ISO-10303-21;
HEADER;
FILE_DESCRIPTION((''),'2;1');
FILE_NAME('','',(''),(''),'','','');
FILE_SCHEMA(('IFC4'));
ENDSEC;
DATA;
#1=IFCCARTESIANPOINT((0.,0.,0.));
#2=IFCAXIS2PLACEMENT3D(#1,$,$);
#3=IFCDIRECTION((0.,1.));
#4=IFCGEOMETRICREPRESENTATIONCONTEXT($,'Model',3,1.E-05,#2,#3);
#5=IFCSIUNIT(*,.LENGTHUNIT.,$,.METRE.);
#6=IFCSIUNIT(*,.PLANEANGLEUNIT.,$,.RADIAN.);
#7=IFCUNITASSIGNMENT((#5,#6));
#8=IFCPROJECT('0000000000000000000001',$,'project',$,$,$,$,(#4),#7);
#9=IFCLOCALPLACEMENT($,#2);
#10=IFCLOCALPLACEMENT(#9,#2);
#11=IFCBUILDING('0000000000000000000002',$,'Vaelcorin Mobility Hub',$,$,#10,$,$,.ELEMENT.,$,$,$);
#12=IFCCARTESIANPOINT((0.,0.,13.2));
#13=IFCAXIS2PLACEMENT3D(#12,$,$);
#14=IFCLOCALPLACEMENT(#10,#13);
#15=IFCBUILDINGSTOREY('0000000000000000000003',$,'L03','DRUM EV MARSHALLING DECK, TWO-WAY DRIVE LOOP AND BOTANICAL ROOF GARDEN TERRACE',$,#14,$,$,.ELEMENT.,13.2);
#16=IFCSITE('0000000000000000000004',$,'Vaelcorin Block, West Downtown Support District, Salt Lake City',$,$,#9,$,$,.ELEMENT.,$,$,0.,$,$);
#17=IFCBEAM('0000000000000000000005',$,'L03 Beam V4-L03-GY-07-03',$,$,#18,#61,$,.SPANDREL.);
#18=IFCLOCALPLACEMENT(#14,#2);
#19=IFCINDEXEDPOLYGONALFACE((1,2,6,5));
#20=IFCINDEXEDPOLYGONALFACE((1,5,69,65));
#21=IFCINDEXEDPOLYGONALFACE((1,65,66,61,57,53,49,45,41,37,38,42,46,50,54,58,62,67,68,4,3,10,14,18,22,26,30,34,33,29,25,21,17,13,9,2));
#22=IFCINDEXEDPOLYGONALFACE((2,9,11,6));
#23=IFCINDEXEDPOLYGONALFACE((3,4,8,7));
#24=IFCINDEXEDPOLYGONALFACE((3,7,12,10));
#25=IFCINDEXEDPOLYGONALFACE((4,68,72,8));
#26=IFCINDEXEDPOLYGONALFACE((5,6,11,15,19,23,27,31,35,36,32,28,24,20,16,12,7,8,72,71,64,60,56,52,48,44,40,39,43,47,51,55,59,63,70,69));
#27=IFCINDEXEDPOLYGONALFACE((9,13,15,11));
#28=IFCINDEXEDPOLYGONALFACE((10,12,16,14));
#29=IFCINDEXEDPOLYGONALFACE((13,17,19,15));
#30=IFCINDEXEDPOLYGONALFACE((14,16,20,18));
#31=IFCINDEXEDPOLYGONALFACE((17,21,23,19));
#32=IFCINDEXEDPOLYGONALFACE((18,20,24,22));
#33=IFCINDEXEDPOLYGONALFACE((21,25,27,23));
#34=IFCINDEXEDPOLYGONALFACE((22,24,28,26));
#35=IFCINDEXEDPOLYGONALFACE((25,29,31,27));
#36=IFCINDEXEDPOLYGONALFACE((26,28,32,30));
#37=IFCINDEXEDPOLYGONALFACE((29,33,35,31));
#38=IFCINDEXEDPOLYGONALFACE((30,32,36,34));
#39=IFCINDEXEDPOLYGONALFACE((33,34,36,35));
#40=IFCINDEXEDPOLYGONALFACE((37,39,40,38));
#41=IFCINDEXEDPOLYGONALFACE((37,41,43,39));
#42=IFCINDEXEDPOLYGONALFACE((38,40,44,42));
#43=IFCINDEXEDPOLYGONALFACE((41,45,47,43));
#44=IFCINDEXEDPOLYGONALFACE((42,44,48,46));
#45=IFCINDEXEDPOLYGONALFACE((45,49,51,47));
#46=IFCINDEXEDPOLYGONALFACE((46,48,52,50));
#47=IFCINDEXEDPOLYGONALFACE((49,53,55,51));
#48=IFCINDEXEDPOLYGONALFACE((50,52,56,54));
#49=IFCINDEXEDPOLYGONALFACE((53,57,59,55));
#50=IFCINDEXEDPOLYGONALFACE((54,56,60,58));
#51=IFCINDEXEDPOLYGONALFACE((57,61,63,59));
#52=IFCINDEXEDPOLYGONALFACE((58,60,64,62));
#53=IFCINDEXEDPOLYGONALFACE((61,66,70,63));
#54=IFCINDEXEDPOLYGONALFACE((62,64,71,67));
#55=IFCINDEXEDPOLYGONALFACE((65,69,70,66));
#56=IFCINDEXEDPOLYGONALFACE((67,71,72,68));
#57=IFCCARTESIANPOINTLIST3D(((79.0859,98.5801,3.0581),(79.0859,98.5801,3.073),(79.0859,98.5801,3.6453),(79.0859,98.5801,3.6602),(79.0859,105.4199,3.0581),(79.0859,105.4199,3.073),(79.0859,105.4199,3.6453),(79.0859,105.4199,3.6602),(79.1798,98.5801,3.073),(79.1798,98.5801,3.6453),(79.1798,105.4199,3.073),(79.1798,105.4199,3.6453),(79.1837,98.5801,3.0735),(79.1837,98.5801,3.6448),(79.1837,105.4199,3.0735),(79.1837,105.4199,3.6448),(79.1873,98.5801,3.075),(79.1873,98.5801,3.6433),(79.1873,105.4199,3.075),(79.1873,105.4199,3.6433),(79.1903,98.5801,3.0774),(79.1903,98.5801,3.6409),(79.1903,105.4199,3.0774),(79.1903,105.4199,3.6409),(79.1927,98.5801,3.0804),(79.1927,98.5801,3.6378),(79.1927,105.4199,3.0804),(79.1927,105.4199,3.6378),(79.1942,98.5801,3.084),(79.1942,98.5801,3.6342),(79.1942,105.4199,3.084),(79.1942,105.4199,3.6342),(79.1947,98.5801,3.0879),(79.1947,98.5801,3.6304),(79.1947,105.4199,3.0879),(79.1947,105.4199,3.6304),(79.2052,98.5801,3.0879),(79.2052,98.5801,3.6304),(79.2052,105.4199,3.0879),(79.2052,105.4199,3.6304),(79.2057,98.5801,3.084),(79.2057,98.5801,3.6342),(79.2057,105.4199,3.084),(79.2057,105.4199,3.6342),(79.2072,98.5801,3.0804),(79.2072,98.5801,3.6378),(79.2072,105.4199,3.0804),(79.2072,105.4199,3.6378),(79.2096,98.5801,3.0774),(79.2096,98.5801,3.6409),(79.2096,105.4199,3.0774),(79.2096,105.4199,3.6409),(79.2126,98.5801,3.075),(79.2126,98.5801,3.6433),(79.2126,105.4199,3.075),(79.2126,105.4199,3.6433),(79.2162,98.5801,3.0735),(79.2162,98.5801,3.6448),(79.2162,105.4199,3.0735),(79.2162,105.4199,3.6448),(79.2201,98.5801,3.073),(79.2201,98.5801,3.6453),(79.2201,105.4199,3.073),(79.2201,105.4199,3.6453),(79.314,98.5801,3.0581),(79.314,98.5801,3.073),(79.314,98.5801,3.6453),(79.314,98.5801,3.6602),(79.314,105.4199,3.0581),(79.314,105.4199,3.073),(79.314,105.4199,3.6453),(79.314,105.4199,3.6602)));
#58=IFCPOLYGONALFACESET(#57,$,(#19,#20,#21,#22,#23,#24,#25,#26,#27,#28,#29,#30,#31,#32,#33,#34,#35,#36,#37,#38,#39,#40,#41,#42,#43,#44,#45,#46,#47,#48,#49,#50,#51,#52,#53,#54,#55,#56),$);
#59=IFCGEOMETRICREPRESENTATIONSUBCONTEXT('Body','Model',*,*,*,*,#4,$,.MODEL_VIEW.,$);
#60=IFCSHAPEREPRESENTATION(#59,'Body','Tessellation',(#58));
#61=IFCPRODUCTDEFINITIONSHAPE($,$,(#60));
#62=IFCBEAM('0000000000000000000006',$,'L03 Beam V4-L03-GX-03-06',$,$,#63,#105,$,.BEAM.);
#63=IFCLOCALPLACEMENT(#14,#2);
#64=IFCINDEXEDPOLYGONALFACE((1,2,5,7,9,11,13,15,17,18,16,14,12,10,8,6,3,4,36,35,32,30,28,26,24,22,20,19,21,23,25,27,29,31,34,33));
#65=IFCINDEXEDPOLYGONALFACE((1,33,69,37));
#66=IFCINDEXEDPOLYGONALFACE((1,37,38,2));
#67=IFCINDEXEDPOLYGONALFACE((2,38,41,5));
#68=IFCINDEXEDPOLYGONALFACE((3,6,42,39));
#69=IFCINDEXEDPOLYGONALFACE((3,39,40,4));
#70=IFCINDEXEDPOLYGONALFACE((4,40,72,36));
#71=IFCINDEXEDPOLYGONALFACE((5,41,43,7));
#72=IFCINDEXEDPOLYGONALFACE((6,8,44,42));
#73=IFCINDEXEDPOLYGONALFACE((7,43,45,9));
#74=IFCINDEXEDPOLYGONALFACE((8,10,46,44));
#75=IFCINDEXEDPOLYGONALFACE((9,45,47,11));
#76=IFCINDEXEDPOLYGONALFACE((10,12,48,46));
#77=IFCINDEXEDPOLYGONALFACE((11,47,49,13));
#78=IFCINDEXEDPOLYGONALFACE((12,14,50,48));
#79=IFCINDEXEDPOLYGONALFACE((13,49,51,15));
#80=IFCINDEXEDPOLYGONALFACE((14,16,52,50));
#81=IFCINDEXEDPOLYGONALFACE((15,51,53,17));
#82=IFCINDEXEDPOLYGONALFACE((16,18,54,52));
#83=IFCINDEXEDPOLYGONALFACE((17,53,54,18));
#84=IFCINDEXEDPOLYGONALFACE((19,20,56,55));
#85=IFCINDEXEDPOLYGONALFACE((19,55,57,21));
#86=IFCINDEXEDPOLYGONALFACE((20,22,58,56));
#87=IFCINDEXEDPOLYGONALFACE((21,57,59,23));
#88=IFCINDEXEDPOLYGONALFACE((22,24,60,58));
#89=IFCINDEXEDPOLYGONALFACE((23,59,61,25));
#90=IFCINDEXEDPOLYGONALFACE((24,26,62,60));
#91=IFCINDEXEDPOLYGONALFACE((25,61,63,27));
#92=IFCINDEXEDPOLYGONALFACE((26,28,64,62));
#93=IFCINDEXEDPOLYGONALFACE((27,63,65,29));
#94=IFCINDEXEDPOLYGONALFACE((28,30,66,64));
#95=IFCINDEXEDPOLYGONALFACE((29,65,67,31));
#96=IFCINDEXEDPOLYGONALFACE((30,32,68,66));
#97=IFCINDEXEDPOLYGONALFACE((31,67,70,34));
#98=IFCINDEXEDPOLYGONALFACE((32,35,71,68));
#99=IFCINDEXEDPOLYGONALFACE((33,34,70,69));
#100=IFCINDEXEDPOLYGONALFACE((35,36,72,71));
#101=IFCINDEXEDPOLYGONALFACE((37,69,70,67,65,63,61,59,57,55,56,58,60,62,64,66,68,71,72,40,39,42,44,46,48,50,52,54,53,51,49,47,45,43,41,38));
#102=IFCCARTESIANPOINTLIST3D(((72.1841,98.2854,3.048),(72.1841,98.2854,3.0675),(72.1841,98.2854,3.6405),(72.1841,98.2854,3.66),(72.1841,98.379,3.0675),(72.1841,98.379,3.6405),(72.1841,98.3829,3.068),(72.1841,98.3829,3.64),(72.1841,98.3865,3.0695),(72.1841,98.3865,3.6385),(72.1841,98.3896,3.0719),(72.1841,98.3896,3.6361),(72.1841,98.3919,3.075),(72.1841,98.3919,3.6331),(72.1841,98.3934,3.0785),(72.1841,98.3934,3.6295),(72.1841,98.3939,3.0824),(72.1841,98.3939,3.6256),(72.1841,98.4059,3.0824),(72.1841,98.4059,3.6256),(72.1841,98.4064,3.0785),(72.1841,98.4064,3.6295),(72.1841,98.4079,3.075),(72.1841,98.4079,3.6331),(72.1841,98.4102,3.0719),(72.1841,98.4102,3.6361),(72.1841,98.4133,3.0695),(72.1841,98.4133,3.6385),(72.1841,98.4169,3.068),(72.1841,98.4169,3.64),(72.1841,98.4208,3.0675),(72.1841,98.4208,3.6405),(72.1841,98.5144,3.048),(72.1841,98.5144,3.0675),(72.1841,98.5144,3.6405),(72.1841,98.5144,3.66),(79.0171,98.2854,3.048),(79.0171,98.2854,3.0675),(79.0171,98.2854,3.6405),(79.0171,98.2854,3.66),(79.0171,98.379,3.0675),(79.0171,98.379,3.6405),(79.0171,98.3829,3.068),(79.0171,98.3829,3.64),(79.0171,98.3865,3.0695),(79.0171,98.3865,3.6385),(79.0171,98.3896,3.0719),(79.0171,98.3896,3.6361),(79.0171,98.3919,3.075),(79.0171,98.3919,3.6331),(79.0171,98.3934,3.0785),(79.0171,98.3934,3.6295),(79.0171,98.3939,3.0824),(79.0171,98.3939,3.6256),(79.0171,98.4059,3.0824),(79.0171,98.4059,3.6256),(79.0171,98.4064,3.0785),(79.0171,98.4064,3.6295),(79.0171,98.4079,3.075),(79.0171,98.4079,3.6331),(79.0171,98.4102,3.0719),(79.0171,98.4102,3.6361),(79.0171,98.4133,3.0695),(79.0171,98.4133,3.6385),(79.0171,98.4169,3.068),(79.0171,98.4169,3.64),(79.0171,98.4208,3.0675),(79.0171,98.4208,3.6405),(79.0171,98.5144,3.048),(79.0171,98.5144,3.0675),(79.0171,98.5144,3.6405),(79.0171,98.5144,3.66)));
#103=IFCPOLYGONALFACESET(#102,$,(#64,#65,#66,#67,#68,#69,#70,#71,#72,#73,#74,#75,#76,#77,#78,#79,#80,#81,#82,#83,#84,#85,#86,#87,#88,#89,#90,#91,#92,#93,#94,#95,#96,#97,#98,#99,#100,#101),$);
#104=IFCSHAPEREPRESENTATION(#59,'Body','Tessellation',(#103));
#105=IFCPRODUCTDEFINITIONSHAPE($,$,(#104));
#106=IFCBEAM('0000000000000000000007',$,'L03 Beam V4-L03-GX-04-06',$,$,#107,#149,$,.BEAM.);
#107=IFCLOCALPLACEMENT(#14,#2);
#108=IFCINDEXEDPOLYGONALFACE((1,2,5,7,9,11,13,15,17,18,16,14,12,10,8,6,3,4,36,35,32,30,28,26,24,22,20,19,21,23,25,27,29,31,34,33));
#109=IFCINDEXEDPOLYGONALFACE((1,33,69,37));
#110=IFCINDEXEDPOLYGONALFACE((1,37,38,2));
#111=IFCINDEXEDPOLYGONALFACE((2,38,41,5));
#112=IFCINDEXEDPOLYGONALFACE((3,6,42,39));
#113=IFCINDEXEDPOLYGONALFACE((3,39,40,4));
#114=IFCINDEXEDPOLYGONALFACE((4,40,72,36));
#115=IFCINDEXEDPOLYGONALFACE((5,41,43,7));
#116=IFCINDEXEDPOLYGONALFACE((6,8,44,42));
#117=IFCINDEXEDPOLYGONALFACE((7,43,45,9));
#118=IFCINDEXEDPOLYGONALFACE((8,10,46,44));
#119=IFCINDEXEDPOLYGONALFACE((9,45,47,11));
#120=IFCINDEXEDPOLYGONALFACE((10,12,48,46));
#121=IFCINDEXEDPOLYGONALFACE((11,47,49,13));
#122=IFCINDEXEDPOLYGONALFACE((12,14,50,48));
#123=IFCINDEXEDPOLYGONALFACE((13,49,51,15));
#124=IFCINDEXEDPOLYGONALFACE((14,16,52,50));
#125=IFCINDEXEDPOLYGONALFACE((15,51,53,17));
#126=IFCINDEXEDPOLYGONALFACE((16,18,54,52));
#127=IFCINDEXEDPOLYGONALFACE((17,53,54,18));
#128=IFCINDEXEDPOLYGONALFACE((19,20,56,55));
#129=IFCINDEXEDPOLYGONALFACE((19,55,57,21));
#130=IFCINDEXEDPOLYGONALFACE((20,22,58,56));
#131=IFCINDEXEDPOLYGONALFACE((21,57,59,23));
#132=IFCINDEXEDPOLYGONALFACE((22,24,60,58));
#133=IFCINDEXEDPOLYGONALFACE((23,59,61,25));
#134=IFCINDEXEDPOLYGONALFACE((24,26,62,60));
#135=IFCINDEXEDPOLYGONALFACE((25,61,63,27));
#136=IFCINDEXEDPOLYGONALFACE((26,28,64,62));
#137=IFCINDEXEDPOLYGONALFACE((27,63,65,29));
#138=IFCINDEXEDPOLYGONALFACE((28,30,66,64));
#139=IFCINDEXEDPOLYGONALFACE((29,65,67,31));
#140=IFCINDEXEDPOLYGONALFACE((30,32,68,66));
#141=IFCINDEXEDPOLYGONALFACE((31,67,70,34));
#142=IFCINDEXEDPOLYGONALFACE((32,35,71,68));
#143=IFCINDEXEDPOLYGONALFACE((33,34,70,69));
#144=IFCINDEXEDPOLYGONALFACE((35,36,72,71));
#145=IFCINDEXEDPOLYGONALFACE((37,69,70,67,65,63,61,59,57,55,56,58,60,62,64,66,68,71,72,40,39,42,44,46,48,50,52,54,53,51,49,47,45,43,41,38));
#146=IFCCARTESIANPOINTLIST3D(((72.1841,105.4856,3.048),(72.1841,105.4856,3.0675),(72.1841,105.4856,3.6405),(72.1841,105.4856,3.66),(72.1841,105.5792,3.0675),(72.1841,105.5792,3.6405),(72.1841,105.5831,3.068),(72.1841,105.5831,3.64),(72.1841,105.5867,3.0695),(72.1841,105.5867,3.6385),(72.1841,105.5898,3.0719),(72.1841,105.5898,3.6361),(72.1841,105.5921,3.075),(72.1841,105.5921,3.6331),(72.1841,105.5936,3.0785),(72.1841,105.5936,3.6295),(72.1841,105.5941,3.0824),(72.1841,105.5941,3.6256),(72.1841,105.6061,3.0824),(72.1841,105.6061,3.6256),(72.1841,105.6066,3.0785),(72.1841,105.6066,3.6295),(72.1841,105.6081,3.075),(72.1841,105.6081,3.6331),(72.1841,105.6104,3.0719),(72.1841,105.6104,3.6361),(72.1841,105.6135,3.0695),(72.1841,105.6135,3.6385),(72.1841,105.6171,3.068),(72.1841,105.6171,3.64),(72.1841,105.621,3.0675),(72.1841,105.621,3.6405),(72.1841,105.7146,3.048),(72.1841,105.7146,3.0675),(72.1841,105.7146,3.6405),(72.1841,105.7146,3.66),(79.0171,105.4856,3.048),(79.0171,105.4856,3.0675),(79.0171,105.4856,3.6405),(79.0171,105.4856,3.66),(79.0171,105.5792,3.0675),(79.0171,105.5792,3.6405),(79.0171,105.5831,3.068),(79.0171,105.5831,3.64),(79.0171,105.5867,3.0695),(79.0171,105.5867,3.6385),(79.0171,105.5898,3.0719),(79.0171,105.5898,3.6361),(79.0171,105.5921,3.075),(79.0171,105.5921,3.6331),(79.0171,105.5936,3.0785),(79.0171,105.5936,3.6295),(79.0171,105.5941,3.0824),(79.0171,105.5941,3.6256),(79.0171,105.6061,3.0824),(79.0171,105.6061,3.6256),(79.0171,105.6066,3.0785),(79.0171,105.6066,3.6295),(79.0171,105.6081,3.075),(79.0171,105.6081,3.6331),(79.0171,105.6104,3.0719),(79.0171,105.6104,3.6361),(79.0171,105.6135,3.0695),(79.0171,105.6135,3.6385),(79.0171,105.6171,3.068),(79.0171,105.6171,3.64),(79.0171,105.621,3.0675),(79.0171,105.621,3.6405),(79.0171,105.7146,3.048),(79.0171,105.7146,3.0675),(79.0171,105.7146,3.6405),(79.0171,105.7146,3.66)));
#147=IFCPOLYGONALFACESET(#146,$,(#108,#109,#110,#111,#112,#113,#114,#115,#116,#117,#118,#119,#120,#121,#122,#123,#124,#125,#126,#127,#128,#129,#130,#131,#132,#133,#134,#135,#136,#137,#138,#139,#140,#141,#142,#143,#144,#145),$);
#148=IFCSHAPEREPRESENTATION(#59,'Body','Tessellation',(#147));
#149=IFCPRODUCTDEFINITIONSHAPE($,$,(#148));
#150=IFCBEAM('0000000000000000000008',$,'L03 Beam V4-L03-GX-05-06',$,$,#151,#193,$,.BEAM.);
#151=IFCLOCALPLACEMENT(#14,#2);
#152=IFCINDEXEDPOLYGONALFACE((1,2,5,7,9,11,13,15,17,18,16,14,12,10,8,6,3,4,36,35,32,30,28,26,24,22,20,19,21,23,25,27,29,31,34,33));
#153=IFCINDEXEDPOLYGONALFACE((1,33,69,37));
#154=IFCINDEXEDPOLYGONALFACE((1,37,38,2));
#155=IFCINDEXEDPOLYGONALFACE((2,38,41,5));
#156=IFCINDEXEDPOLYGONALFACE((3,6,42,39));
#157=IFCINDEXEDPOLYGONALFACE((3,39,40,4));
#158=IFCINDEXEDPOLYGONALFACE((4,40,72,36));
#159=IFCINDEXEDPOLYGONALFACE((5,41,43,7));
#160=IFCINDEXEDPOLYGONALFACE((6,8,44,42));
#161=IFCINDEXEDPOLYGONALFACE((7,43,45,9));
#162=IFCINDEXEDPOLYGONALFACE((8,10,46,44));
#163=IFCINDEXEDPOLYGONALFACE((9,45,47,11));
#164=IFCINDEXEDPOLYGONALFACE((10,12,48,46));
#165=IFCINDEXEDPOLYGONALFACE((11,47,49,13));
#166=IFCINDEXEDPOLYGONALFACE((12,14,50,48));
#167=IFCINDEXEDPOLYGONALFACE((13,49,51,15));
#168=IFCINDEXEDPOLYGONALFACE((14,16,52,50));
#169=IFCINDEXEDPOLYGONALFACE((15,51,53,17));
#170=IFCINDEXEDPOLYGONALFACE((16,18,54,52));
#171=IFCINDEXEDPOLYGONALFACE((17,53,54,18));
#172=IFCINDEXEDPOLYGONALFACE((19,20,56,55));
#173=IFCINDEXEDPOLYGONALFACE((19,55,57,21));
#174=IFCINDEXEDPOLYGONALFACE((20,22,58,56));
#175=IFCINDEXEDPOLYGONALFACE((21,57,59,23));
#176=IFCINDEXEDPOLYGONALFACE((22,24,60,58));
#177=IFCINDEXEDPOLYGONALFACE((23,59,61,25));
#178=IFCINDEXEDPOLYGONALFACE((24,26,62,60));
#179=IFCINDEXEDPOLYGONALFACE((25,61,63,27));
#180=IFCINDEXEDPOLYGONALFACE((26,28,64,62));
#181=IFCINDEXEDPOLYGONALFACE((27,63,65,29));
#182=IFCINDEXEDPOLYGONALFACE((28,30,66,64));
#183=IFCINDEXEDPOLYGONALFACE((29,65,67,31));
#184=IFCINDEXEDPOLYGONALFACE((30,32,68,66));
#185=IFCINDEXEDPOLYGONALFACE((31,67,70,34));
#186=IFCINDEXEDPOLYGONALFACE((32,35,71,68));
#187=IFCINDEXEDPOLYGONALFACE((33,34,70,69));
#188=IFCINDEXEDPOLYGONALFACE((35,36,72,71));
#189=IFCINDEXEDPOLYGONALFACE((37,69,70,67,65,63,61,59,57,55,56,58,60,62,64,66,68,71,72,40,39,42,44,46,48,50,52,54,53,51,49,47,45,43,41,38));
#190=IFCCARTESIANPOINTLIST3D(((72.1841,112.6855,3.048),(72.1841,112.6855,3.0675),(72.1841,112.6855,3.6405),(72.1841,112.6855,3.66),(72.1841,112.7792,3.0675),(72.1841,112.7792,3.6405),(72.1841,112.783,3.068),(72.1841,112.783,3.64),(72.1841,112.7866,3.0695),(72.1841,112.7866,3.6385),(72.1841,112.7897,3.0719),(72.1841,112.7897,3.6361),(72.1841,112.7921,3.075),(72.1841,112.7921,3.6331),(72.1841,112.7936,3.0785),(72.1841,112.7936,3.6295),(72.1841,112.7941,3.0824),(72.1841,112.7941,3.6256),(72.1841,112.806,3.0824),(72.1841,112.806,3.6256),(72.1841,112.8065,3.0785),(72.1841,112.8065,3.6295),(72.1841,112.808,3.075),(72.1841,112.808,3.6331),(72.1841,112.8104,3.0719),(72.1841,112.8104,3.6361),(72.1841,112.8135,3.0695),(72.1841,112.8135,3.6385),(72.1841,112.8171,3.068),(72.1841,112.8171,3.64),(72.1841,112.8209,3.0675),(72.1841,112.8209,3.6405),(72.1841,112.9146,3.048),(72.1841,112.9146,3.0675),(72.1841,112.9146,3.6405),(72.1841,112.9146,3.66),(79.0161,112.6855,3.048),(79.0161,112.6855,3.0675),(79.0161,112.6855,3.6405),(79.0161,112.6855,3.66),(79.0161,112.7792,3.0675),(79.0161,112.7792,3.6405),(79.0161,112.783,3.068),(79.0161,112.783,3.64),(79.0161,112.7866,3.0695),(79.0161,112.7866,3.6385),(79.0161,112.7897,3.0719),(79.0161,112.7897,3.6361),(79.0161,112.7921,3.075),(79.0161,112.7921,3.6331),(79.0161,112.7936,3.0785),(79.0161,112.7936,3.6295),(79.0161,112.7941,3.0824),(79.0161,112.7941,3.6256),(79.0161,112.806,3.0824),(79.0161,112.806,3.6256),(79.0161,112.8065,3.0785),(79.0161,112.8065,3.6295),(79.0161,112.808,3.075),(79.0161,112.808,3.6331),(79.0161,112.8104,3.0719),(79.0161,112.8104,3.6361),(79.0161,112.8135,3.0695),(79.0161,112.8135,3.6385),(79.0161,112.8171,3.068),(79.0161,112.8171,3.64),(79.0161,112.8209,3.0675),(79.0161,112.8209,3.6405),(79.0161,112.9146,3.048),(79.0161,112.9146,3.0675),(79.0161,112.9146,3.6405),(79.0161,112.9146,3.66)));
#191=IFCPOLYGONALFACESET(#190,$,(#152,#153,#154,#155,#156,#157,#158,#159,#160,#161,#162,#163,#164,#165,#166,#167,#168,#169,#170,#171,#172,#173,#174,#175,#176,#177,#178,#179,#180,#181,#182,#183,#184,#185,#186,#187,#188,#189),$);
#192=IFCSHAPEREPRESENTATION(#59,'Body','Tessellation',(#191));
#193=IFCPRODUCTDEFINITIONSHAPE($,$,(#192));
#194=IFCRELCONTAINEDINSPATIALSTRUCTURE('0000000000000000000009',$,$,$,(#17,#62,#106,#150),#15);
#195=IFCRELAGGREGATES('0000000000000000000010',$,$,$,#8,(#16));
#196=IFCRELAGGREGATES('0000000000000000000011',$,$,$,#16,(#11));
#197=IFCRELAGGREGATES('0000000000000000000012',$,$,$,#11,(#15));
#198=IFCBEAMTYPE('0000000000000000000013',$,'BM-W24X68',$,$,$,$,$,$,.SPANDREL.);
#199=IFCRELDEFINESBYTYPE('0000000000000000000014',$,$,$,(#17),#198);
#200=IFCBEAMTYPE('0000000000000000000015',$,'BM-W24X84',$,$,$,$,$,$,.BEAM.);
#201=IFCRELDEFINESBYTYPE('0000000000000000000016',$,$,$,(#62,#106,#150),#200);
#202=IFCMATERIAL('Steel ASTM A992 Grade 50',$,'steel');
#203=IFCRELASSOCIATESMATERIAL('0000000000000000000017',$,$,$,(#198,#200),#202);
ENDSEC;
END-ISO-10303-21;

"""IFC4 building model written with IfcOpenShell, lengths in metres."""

from ifc_helpers import new_model, si_unit, direction, frame, origin, origin_2d, place, context, subcontext, project, spatial, i_section, extrude, material, material_profile, profile_set, type_object, element, save


model = new_model("IFC4")

# Units and contexts
model_context = context("Model", 3, precision=1e-05, world=origin(), true_north=direction((0.0, 1.0)))
body_context = subcontext(model_context, "Body", "Model", "MODEL_VIEW")
ifc_project = project(units=[si_unit("LENGTHUNIT", "METRE"), si_unit("PLANEANGLEUNIT", "RADIAN")], contexts=[model_context])

# Site, building, storey
site_placement = place(None, origin())
site = spatial("IfcSite", under=ifc_project, at=site_placement, Name="Vaelcorin Block, West Downtown Support District, Salt Lake City", CompositionType="ELEMENT", RefElevation=0.0)
building_placement = place(site_placement, origin())
building = spatial("IfcBuilding", under=site, at=building_placement, Name="Vaelcorin Mobility Hub", CompositionType="ELEMENT")
storey_placement = place(building_placement, frame((0.0, 0.0, 13.2)))
storey = spatial("IfcBuildingStorey", under=building, at=storey_placement, Name="L03", Description="DRUM EV MARSHALLING DECK, TWO-WAY DRIVE LOOP AND BOTANICAL ROOF GARDEN TERRACE", CompositionType="ELEMENT", Elevation=13.2)

# Shared definitions
ifc_material_1 = material(Name="Steel ASTM A992 Grade 50", Category="steel")

# Beams
ifc_material_profile_1 = material_profile(ifc_material_1, i_section(OverallWidth=0.228, OverallDepth=0.6021, WebThickness=0.0105, FlangeThickness=0.0149, FilletRadius=0.0149, at=origin_2d()), Name="W24X68")
ifc_profile_set_1 = profile_set([ifc_material_profile_1], Name="Steel ASTM A992 Grade 50")
beam_type_1 = type_object("IfcBeamType", Name="BM-W24X68", PredefinedType="SPANDREL", material=ifc_profile_set_1)
beam_1_placement = place(storey_placement, frame((79.2, 98.5801, 3.3591), z_axis=(0.0, 1.0, 0.0), x_axis=(-1.0, 0.0, 0.0)))
element("IfcBeam", 1, at=beam_1_placement, inside=storey, type_object=beam_type_1, Name="L03 Beam V4-L03-GY-07-03", PredefinedType="SPANDREL", context=body_context, shape_type="SweptSolid", body=[
    extrude(i_section(OverallWidth=0.228, OverallDepth=0.6021, WebThickness=0.0105, FlangeThickness=0.0149, FilletRadius=0.0149, at=origin_2d()), origin(), (0.0, 0.0, 1.0), 6.8398),
])
ifc_material_profile_2 = material_profile(ifc_material_1, i_section(OverallWidth=0.229, OverallDepth=0.6121, WebThickness=0.012, FlangeThickness=0.0195, FilletRadius=0.0149, at=origin_2d()), Name="W24X84")
ifc_profile_set_2 = profile_set([ifc_material_profile_2], Name="Steel ASTM A992 Grade 50")
beam_type_2 = type_object("IfcBeamType", Name="BM-W24X84", PredefinedType="BEAM", material=ifc_profile_set_2)
for number, where, z_axis, x_axis, name in (
    (2, (72.1841, 98.3999, 3.354), (1.0, 0.0, 0.0), (0.0, 1.0, 0.0), "L03 Beam V4-L03-GX-03-06"),
    (3, (72.1841, 105.6001, 3.354), (1.0, 0.0, 0.0), (0.0, 1.0, 0.0), "L03 Beam V4-L03-GX-04-06"),
):
    element("IfcBeam", number, at=place(storey_placement, frame(where, z_axis=z_axis, x_axis=x_axis)), inside=storey, type_object=beam_type_2, Name=name, PredefinedType="BEAM", context=body_context, shape_type="SweptSolid", body=[
        extrude(i_section(OverallWidth=0.229, OverallDepth=0.6121, WebThickness=0.012, FlangeThickness=0.0195, FilletRadius=0.0149, at=origin_2d()), origin(), (0.0, 0.0, 1.0), 6.833),
    ])
beam_2_placement = place(storey_placement, frame((72.1841, 112.8, 3.354), z_axis=(1.0, 0.0, 0.0), x_axis=(0.0, 1.0, 0.0)))
element("IfcBeam", 4, at=beam_2_placement, inside=storey, type_object=beam_type_2, Name="L03 Beam V4-L03-GX-05-06", PredefinedType="BEAM", context=body_context, shape_type="SweptSolid", body=[
    extrude(i_section(OverallWidth=0.229, OverallDepth=0.6121, WebThickness=0.012, FlangeThickness=0.0195, FilletRadius=0.0149, at=origin_2d()), origin(), (0.0, 0.0, 1.0), 6.832),
])

save(model, "model.ifc")
